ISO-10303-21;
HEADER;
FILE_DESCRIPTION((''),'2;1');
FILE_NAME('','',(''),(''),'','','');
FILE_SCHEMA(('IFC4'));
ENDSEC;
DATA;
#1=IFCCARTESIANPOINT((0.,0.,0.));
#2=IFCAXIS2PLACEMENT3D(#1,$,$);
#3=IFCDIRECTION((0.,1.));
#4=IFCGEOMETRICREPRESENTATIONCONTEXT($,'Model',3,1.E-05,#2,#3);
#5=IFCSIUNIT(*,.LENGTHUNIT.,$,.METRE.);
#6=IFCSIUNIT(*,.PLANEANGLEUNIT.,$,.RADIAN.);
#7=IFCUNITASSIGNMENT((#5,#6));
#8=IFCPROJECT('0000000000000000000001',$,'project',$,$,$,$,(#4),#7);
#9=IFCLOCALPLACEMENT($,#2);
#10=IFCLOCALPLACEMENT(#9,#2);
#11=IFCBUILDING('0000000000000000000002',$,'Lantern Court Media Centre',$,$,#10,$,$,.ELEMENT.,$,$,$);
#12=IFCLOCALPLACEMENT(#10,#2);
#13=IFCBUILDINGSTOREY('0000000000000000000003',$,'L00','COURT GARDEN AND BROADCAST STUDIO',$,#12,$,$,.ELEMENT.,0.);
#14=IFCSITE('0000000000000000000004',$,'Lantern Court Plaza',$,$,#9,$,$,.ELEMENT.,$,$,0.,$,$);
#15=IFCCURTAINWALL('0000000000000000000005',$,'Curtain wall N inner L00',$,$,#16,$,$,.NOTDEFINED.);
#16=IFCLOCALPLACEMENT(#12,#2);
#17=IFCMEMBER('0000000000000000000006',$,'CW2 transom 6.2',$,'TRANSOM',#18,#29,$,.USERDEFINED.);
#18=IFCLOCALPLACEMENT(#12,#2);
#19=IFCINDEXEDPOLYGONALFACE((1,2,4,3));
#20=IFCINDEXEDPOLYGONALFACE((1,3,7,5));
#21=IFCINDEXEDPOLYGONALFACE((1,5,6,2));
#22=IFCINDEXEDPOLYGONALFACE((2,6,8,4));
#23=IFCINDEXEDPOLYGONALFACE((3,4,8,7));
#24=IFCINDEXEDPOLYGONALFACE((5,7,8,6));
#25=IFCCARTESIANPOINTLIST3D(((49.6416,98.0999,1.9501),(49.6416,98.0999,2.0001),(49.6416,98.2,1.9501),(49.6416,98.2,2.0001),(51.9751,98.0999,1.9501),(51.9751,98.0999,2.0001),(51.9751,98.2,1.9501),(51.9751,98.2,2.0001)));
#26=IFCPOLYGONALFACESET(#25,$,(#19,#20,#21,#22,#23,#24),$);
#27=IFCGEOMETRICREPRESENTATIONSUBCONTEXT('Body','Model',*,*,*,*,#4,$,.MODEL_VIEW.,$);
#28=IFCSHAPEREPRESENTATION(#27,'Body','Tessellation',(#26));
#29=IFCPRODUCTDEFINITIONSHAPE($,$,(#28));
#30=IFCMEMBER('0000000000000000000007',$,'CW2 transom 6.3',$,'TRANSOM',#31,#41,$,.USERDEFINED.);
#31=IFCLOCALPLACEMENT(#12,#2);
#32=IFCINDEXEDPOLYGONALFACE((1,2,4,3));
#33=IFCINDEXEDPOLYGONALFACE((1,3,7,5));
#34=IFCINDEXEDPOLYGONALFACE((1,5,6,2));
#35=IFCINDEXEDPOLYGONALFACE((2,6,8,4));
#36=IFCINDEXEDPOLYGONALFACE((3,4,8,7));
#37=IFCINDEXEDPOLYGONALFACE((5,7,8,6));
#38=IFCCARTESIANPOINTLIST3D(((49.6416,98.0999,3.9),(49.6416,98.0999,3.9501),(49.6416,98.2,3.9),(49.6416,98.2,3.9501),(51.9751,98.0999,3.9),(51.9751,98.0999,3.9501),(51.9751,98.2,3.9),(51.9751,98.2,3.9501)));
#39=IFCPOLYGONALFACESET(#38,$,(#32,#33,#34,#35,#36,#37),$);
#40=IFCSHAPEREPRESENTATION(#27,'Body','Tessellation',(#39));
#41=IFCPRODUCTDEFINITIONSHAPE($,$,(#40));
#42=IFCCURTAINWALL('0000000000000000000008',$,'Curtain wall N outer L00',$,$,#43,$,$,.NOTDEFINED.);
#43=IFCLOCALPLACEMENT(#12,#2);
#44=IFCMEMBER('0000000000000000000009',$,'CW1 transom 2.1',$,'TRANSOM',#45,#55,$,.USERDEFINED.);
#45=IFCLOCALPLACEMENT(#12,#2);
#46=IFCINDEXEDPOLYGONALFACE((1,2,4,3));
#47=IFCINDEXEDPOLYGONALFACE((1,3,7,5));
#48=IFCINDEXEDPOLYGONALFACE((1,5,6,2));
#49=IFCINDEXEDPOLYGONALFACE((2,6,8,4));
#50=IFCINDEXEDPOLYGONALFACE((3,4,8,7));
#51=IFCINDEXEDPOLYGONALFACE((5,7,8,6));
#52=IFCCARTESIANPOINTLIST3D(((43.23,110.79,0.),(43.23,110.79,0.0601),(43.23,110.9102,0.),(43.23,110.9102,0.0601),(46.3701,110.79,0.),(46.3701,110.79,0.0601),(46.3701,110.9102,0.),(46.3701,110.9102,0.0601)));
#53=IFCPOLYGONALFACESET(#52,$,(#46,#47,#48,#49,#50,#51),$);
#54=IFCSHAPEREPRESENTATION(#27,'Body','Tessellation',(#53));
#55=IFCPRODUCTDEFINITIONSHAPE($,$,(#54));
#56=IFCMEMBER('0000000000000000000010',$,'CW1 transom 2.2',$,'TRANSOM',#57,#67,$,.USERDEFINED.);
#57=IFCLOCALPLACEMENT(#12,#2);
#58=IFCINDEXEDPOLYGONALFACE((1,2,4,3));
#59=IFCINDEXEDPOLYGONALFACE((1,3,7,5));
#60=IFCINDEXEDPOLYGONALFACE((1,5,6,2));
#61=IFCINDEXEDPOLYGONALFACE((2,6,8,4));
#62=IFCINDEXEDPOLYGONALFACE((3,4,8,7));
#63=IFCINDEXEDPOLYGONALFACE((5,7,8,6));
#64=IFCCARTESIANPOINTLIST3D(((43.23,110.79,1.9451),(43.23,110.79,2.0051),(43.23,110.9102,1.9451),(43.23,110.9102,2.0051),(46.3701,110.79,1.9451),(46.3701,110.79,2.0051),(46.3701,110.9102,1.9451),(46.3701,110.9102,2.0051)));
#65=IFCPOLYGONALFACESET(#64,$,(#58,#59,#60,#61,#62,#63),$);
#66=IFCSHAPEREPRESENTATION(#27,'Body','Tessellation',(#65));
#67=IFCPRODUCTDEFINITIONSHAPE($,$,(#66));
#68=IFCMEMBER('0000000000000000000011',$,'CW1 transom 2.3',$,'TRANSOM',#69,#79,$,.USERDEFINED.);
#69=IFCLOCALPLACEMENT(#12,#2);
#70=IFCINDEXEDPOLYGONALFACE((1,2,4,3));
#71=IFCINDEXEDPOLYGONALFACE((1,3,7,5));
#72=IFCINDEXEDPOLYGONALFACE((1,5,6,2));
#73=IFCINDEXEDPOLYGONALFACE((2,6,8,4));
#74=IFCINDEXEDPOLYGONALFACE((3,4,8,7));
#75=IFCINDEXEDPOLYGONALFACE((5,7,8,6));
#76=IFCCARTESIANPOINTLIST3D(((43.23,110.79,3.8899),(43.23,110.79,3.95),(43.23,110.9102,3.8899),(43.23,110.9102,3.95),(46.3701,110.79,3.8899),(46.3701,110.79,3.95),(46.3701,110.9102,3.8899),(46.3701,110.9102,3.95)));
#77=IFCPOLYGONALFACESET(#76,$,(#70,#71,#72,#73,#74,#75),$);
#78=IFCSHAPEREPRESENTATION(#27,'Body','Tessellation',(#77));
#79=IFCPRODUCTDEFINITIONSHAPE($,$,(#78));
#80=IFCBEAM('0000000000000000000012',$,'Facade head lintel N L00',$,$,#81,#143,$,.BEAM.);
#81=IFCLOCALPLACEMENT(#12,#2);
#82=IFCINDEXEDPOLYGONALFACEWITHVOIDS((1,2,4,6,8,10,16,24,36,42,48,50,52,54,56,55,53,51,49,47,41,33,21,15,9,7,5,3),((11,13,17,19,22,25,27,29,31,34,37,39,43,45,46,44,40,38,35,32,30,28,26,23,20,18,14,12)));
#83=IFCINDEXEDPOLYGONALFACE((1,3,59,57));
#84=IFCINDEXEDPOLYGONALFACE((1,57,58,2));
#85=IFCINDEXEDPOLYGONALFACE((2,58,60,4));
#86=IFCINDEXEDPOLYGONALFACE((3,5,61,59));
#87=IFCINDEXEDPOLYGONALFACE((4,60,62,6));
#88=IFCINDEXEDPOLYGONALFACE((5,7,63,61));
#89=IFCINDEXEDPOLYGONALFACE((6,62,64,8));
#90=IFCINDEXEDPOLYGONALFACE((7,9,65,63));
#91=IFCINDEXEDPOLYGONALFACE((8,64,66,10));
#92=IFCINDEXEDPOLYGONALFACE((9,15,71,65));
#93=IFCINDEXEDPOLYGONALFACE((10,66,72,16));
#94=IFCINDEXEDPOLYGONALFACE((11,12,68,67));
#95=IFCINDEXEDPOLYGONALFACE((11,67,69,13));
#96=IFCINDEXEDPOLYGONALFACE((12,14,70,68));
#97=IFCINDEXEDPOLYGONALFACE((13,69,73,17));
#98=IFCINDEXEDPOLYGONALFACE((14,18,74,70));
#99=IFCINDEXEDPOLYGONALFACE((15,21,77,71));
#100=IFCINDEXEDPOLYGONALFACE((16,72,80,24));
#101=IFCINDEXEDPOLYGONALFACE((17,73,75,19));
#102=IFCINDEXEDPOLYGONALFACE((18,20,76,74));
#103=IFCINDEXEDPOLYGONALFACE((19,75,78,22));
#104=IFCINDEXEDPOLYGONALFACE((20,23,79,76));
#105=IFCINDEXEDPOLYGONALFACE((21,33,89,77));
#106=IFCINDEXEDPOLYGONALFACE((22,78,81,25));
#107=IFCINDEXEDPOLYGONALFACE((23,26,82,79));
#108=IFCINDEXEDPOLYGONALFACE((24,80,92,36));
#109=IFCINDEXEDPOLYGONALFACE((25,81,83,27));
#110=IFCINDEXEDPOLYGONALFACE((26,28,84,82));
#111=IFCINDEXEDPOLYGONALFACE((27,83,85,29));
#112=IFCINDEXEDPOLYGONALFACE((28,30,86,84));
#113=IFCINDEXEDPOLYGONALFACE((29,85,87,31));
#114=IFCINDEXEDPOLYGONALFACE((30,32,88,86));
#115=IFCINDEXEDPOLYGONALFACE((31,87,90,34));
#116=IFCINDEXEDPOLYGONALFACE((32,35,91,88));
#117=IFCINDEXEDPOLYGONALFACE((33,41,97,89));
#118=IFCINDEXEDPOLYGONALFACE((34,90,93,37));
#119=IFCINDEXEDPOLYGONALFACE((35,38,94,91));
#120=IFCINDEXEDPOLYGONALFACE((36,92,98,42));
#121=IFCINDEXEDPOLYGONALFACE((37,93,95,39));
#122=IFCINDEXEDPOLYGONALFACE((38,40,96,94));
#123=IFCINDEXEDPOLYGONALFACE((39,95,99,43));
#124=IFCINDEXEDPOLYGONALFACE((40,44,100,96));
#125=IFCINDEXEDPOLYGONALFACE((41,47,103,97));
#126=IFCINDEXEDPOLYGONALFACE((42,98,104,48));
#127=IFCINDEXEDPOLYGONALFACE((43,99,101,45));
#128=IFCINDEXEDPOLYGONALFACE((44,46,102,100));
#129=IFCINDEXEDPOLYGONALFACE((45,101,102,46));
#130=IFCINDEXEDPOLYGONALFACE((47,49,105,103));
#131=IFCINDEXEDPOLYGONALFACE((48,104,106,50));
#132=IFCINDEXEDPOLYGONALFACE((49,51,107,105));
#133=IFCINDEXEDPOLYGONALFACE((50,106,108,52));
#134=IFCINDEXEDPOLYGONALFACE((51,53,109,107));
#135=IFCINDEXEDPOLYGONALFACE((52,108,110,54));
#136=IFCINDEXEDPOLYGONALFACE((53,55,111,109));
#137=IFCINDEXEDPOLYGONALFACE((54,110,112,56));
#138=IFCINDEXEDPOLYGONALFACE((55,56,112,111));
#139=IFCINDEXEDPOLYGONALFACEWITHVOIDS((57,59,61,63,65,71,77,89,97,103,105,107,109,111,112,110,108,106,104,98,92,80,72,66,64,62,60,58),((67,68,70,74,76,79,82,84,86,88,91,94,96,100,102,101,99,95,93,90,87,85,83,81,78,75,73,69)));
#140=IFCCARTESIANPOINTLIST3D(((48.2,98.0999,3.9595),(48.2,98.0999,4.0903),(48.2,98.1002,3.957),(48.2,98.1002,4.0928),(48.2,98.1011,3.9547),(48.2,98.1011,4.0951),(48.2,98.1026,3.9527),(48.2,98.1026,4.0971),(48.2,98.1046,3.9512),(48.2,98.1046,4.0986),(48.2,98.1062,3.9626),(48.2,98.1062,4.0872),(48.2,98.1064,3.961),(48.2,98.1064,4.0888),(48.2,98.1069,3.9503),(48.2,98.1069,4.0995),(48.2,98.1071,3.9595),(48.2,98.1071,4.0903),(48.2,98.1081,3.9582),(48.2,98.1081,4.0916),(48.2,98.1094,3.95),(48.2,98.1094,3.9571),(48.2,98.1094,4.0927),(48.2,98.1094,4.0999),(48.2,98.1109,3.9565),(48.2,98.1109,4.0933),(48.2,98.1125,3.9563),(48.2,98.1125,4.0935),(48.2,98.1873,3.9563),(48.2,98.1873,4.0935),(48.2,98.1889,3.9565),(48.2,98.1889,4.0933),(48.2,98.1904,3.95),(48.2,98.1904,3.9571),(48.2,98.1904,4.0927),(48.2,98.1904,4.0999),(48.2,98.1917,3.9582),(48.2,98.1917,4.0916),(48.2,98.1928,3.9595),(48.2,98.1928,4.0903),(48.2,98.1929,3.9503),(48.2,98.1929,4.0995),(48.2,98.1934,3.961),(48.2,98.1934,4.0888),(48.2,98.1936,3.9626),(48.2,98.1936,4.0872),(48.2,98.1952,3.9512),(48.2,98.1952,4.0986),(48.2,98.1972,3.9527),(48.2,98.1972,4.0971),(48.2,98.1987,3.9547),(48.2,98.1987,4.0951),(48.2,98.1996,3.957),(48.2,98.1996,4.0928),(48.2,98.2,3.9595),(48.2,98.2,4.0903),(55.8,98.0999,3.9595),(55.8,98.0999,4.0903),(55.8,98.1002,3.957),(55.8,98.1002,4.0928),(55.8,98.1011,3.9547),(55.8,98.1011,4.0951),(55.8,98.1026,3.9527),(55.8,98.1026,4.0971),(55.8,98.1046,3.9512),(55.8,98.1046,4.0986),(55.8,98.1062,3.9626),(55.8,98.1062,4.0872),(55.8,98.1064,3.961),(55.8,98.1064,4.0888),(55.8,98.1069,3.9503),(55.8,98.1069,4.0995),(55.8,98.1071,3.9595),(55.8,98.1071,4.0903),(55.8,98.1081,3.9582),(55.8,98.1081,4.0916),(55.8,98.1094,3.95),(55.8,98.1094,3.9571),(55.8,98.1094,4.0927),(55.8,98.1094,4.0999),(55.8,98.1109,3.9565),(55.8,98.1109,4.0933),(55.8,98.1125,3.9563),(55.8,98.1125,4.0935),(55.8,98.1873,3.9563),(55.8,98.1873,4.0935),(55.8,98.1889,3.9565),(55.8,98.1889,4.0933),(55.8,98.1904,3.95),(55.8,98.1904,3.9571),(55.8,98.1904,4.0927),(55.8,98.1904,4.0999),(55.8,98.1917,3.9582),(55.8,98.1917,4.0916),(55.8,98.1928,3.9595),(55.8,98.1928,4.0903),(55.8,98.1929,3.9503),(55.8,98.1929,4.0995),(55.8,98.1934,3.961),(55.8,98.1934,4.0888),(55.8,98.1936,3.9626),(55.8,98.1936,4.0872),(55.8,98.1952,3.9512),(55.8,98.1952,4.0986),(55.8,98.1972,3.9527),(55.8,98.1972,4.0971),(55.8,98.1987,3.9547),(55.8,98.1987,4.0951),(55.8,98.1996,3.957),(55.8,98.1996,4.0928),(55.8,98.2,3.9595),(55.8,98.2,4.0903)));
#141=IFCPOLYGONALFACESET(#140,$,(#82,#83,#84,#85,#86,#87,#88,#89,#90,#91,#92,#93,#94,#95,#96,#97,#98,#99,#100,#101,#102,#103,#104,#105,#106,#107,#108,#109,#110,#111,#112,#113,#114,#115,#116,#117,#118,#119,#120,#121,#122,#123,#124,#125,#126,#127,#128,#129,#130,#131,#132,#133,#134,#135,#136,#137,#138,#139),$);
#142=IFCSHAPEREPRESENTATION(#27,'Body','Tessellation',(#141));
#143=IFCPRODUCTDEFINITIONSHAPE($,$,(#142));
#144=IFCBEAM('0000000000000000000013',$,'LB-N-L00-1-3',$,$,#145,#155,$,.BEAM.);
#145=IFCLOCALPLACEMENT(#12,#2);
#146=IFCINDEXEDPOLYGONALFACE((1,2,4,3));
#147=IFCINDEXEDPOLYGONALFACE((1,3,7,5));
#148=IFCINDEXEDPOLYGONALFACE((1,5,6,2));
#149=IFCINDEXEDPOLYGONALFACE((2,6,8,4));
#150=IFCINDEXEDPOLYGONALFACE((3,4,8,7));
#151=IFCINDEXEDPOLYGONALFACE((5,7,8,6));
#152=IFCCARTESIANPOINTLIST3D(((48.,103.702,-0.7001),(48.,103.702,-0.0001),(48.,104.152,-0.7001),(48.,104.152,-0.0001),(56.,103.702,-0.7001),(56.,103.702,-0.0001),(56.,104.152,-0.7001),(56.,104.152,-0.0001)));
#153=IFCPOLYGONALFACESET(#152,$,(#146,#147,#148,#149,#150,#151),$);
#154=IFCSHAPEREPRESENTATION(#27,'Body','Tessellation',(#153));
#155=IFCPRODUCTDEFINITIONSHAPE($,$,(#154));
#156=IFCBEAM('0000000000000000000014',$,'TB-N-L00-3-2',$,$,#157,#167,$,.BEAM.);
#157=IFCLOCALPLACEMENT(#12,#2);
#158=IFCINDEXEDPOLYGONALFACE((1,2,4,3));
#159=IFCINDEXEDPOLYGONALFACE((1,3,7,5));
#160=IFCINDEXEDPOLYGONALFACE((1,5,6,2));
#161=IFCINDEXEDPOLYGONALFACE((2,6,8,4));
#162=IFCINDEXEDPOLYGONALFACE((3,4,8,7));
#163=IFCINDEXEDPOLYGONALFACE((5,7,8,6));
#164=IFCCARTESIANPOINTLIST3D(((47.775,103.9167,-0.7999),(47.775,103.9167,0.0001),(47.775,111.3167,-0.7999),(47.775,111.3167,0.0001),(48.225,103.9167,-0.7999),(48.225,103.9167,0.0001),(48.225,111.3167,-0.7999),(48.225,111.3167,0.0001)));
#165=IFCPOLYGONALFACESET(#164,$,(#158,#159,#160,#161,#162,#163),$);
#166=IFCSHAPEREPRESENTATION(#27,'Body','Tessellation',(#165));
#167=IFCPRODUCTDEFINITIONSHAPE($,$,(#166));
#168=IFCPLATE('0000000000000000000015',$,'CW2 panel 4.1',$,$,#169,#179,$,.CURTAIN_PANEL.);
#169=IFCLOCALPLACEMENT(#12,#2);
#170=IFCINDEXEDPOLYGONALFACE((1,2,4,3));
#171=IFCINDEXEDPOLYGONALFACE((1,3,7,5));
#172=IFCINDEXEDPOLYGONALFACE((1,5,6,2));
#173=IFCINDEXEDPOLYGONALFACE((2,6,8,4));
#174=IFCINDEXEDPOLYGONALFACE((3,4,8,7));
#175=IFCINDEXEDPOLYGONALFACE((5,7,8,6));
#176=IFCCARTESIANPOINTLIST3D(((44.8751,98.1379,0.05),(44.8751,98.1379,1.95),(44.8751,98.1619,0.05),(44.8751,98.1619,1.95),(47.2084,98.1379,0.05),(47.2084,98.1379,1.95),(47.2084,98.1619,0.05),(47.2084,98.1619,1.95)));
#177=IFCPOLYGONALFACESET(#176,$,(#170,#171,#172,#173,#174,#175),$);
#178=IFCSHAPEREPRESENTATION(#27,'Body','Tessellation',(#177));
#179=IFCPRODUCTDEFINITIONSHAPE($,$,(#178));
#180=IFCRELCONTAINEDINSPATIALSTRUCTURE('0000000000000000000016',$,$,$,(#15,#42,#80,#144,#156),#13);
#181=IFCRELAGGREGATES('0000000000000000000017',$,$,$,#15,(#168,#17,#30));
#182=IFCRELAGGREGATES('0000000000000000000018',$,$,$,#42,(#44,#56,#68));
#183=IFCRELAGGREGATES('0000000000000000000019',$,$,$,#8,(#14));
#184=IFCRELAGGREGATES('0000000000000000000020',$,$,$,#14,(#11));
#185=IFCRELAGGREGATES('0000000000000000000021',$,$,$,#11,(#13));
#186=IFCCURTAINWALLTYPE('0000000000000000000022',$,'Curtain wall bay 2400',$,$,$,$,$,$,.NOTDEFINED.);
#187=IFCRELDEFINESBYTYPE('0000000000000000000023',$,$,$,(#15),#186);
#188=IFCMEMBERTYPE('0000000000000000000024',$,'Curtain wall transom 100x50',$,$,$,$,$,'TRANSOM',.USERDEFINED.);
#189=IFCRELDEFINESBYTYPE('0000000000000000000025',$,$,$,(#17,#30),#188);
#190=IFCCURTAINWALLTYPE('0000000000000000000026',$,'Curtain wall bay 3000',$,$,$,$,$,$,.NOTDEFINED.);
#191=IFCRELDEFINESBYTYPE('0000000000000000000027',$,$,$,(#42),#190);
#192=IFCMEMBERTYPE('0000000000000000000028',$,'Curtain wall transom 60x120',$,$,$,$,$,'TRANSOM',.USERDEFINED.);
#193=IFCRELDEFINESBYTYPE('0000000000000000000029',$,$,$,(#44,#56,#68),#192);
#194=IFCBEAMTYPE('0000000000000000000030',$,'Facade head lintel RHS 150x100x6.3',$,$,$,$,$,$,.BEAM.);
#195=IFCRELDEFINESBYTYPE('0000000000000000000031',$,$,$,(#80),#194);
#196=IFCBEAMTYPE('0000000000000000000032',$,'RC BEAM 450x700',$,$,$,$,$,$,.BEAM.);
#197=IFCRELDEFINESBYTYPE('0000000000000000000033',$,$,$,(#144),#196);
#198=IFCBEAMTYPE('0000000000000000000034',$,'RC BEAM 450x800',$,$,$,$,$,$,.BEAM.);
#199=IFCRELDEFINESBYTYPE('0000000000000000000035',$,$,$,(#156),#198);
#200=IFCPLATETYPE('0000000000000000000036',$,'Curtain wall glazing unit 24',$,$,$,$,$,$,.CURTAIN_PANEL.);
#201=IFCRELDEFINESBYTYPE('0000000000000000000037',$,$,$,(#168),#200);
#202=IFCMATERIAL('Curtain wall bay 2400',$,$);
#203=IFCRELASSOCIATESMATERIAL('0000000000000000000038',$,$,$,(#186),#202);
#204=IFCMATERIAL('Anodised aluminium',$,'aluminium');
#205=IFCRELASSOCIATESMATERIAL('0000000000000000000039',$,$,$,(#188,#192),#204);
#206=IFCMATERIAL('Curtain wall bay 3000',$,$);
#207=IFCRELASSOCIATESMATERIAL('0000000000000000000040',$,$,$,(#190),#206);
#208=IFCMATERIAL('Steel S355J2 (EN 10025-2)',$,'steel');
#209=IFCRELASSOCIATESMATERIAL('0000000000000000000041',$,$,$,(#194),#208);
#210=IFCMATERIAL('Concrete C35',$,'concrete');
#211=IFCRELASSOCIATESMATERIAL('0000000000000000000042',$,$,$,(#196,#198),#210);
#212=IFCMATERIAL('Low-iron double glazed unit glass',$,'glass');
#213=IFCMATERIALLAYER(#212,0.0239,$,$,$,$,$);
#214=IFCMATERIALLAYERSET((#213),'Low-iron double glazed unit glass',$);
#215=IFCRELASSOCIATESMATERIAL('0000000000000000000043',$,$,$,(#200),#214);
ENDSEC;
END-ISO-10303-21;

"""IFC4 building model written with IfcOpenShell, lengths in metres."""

from ifc_helpers import new_model, si_unit, direction, frame, origin, origin_2d, place, context, subcontext, project, spatial, rectangle, hollow_rectangle, extrude, material, layer, layer_set, material_profile, profile_set, type_object, element, aggregate, save


model = new_model("IFC4")

# Units and contexts
model_context = context("Model", 3, precision=1e-05, world=origin(), true_north=direction((0.0, 1.0)))
body_context = subcontext(model_context, "Body", "Model", "MODEL_VIEW")
ifc_project = project(units=[si_unit("LENGTHUNIT", "METRE"), si_unit("PLANEANGLEUNIT", "RADIAN")], contexts=[model_context])

# Site, building, storey
site_placement = place(None, origin())
site = spatial("IfcSite", under=ifc_project, at=site_placement, Name="Lantern Court Plaza", CompositionType="ELEMENT", RefElevation=0.0)
building_placement = place(site_placement, origin())
building = spatial("IfcBuilding", under=site, at=building_placement, Name="Lantern Court Media Centre", CompositionType="ELEMENT")
storey_placement = place(building_placement, origin())
storey = spatial("IfcBuildingStorey", under=building, at=storey_placement, Name="L00", Description="COURT GARDEN AND BROADCAST STUDIO", CompositionType="ELEMENT", Elevation=0.0)

# Shared definitions
ifc_material_1 = material(Name="Concrete C35", Category="concrete")

# Curtain walls, members
ifc_material_2 = material(Name="Curtain wall bay 2400")
curtain_wall_type_1 = type_object("IfcCurtainWallType", Name="Curtain wall bay 2400", PredefinedType="NOTDEFINED", material=ifc_material_2)
curtain_wall_1_placement = place(storey_placement, origin())
curtain_wall_1 = element("IfcCurtainWall", 1, at=curtain_wall_1_placement, inside=storey, type_object=curtain_wall_type_1, Name="Curtain wall N inner L00", PredefinedType="NOTDEFINED")
ifc_material_3 = material(Name="Anodised aluminium", Category="aluminium")
ifc_material_profile_1 = material_profile(ifc_material_3, rectangle(XDim=0.1001, YDim=0.05, at=origin_2d()), Name="AL 50x100")
ifc_profile_set_1 = profile_set([ifc_material_profile_1], Name="Anodised aluminium")
member_type_1 = type_object("IfcMemberType", Name="Curtain wall transom 100x50", ElementType="TRANSOM", PredefinedType="USERDEFINED", material=ifc_profile_set_1)
member_1_placement = place(storey_placement, frame((49.6416, 98.1499, 1.9751), z_axis=(1.0, 0.0, 0.0), x_axis=(0.0, 1.0, 0.0)))
member_1 = element("IfcMember", 2, at=member_1_placement, type_object=member_type_1, Name="CW2 transom 6.2", ObjectType="TRANSOM", PredefinedType="USERDEFINED", context=body_context, shape_type="SweptSolid", body=[
    extrude(rectangle(XDim=0.1001, YDim=0.05, at=origin_2d()), origin(), (0.0, 0.0, 1.0), 2.3335),
])
member_2_placement = place(storey_placement, frame((49.6416, 98.1499, 3.925), z_axis=(1.0, 0.0, 0.0), x_axis=(0.0, 1.0, 0.0)))
member_2 = element("IfcMember", 3, at=member_2_placement, type_object=member_type_1, Name="CW2 transom 6.3", ObjectType="TRANSOM", PredefinedType="USERDEFINED", context=body_context, shape_type="SweptSolid", body=[
    extrude(rectangle(XDim=0.1001, YDim=0.05, at=origin_2d()), origin(), (0.0, 0.0, 1.0), 2.3335),
])
ifc_material_4 = material(Name="Curtain wall bay 3000")
curtain_wall_type_2 = type_object("IfcCurtainWallType", Name="Curtain wall bay 3000", PredefinedType="NOTDEFINED", material=ifc_material_4)
curtain_wall_2_placement = place(storey_placement, origin())
curtain_wall_2 = element("IfcCurtainWall", 4, at=curtain_wall_2_placement, inside=storey, type_object=curtain_wall_type_2, Name="Curtain wall N outer L00", PredefinedType="NOTDEFINED")
ifc_material_profile_2 = material_profile(ifc_material_3, rectangle(XDim=0.1201, YDim=0.0601, at=origin_2d()), Name="AL 60x120")
ifc_profile_set_2 = profile_set([ifc_material_profile_2], Name="Anodised aluminium")
member_type_2 = type_object("IfcMemberType", Name="Curtain wall transom 60x120", ElementType="TRANSOM", PredefinedType="USERDEFINED", material=ifc_profile_set_2)
member_3_placement = place(storey_placement, frame((43.23, 110.8501, 0.03), z_axis=(1.0, 0.0, 0.0), x_axis=(0.0, 1.0, 0.0)))
member_3 = element("IfcMember", 5, at=member_3_placement, type_object=member_type_2, Name="CW1 transom 2.1", ObjectType="TRANSOM", PredefinedType="USERDEFINED", context=body_context, shape_type="SweptSolid", body=[
    extrude(rectangle(XDim=0.1201, YDim=0.0601, at=origin_2d()), origin(), (0.0, 0.0, 1.0), 3.1401),
])
member_4_placement = place(storey_placement, frame((43.23, 110.8501, 1.9751), z_axis=(1.0, 0.0, 0.0), x_axis=(0.0, 1.0, 0.0)))
member_4 = element("IfcMember", 6, at=member_4_placement, type_object=member_type_2, Name="CW1 transom 2.2", ObjectType="TRANSOM", PredefinedType="USERDEFINED", context=body_context, shape_type="SweptSolid", body=[
    extrude(rectangle(XDim=0.1201, YDim=0.0601, at=origin_2d()), origin(), (0.0, 0.0, 1.0), 3.1401),
])
member_5_placement = place(storey_placement, frame((43.23, 110.8501, 3.9199), z_axis=(1.0, 0.0, 0.0), x_axis=(0.0, 1.0, 0.0)))
member_5 = element("IfcMember", 7, at=member_5_placement, type_object=member_type_2, Name="CW1 transom 2.3", ObjectType="TRANSOM", PredefinedType="USERDEFINED", context=body_context, shape_type="SweptSolid", body=[
    extrude(rectangle(XDim=0.1201, YDim=0.0601, at=origin_2d()), origin(), (0.0, 0.0, 1.0), 3.1401),
])

# Beams
ifc_material_5 = material(Name="Steel S355J2 (EN 10025-2)", Category="steel")
ifc_material_profile_3 = material_profile(ifc_material_5, hollow_rectangle(XDim=0.1001, YDim=0.1499, WallThickness=0.0063, InnerFilletRadius=0.0063, OuterFilletRadius=0.0095, at=origin_2d()), Name="Facade head lintel RHS 150x100x6.3")
ifc_profile_set_3 = profile_set([ifc_material_profile_3], Name="Steel S355J2 (EN 10025-2)")
beam_type_1 = type_object("IfcBeamType", Name="Facade head lintel RHS 150x100x6.3", PredefinedType="BEAM", material=ifc_profile_set_3)
beam_1_placement = place(storey_placement, frame((48.2, 98.1499, 4.0249), z_axis=(1.0, 0.0, 0.0), x_axis=(0.0, 1.0, 0.0)))
element("IfcBeam", 8, at=beam_1_placement, inside=storey, type_object=beam_type_1, Name="Facade head lintel N L00", PredefinedType="BEAM", context=body_context, shape_type="SweptSolid", body=[
    extrude(hollow_rectangle(XDim=0.1001, YDim=0.1499, WallThickness=0.0063, InnerFilletRadius=0.0063, OuterFilletRadius=0.0095, at=origin_2d()), origin(), (0.0, 0.0, 1.0), 7.6001),
])
ifc_material_profile_4 = material_profile(ifc_material_1, rectangle(XDim=0.45, YDim=0.7, at=origin_2d()), Name="RC 450x700")
ifc_profile_set_4 = profile_set([ifc_material_profile_4], Name="Concrete C35")
beam_type_2 = type_object("IfcBeamType", Name="RC BEAM 450x700", PredefinedType="BEAM", material=ifc_profile_set_4)
beam_2_placement = place(storey_placement, frame((48.0, 103.927, -0.3501), z_axis=(1.0, 0.0, 0.0), x_axis=(0.0, 1.0, 0.0)))
element("IfcBeam", 9, at=beam_2_placement, inside=storey, type_object=beam_type_2, Name="LB-N-L00-1-3", PredefinedType="BEAM", context=body_context, shape_type="SweptSolid", body=[
    extrude(rectangle(XDim=0.45, YDim=0.7, at=origin_2d()), origin(), (0.0, 0.0, 1.0), 8.0),
])
ifc_material_profile_5 = material_profile(ifc_material_1, rectangle(XDim=0.45, YDim=0.8, at=origin_2d()), Name="RC 450x800")
ifc_profile_set_5 = profile_set([ifc_material_profile_5], Name="Concrete C35")
beam_type_3 = type_object("IfcBeamType", Name="RC BEAM 450x800", PredefinedType="BEAM", material=ifc_profile_set_5)
beam_3_placement = place(storey_placement, frame((48.0, 103.9167, -0.3999), z_axis=(0.0, 1.0, 0.0), x_axis=(-1.0, 0.0, 0.0)))
element("IfcBeam", 10, at=beam_3_placement, inside=storey, type_object=beam_type_3, Name="TB-N-L00-3-2", PredefinedType="BEAM", context=body_context, shape_type="SweptSolid", body=[
    extrude(rectangle(XDim=0.45, YDim=0.8, at=origin_2d()), origin(), (0.0, 0.0, 1.0), 7.3999),
])

# Plate
ifc_material_6 = material(Name="Low-iron double glazed unit glass", Category="glass")
ifc_layer_1 = layer(ifc_material_6, 0.0239)
ifc_layer_set_1 = layer_set([ifc_layer_1], Name="Low-iron double glazed unit glass")
plate_type_1 = type_object("IfcPlateType", Name="Curtain wall glazing unit 24", PredefinedType="CURTAIN_PANEL", material=ifc_layer_set_1)
plate_1_placement = place(storey_placement, frame((46.0417, 98.1499, 0.05), z_axis=(0.0, 0.0, 1.0), x_axis=(1.0, 0.0, 0.0)))
plate_1 = element("IfcPlate", 11, at=plate_1_placement, type_object=plate_type_1, Name="CW2 panel 4.1", PredefinedType="CURTAIN_PANEL", context=body_context, shape_type="SweptSolid", body=[
    extrude(rectangle(XDim=2.3333, YDim=0.0239, at=origin_2d()), origin(), (0.0, 0.0, 1.0), 1.8999),
])
aggregate(curtain_wall_1, [plate_1, member_1, member_2])
aggregate(curtain_wall_2, [member_3, member_4, member_5])

save(model, "model.ifc")
